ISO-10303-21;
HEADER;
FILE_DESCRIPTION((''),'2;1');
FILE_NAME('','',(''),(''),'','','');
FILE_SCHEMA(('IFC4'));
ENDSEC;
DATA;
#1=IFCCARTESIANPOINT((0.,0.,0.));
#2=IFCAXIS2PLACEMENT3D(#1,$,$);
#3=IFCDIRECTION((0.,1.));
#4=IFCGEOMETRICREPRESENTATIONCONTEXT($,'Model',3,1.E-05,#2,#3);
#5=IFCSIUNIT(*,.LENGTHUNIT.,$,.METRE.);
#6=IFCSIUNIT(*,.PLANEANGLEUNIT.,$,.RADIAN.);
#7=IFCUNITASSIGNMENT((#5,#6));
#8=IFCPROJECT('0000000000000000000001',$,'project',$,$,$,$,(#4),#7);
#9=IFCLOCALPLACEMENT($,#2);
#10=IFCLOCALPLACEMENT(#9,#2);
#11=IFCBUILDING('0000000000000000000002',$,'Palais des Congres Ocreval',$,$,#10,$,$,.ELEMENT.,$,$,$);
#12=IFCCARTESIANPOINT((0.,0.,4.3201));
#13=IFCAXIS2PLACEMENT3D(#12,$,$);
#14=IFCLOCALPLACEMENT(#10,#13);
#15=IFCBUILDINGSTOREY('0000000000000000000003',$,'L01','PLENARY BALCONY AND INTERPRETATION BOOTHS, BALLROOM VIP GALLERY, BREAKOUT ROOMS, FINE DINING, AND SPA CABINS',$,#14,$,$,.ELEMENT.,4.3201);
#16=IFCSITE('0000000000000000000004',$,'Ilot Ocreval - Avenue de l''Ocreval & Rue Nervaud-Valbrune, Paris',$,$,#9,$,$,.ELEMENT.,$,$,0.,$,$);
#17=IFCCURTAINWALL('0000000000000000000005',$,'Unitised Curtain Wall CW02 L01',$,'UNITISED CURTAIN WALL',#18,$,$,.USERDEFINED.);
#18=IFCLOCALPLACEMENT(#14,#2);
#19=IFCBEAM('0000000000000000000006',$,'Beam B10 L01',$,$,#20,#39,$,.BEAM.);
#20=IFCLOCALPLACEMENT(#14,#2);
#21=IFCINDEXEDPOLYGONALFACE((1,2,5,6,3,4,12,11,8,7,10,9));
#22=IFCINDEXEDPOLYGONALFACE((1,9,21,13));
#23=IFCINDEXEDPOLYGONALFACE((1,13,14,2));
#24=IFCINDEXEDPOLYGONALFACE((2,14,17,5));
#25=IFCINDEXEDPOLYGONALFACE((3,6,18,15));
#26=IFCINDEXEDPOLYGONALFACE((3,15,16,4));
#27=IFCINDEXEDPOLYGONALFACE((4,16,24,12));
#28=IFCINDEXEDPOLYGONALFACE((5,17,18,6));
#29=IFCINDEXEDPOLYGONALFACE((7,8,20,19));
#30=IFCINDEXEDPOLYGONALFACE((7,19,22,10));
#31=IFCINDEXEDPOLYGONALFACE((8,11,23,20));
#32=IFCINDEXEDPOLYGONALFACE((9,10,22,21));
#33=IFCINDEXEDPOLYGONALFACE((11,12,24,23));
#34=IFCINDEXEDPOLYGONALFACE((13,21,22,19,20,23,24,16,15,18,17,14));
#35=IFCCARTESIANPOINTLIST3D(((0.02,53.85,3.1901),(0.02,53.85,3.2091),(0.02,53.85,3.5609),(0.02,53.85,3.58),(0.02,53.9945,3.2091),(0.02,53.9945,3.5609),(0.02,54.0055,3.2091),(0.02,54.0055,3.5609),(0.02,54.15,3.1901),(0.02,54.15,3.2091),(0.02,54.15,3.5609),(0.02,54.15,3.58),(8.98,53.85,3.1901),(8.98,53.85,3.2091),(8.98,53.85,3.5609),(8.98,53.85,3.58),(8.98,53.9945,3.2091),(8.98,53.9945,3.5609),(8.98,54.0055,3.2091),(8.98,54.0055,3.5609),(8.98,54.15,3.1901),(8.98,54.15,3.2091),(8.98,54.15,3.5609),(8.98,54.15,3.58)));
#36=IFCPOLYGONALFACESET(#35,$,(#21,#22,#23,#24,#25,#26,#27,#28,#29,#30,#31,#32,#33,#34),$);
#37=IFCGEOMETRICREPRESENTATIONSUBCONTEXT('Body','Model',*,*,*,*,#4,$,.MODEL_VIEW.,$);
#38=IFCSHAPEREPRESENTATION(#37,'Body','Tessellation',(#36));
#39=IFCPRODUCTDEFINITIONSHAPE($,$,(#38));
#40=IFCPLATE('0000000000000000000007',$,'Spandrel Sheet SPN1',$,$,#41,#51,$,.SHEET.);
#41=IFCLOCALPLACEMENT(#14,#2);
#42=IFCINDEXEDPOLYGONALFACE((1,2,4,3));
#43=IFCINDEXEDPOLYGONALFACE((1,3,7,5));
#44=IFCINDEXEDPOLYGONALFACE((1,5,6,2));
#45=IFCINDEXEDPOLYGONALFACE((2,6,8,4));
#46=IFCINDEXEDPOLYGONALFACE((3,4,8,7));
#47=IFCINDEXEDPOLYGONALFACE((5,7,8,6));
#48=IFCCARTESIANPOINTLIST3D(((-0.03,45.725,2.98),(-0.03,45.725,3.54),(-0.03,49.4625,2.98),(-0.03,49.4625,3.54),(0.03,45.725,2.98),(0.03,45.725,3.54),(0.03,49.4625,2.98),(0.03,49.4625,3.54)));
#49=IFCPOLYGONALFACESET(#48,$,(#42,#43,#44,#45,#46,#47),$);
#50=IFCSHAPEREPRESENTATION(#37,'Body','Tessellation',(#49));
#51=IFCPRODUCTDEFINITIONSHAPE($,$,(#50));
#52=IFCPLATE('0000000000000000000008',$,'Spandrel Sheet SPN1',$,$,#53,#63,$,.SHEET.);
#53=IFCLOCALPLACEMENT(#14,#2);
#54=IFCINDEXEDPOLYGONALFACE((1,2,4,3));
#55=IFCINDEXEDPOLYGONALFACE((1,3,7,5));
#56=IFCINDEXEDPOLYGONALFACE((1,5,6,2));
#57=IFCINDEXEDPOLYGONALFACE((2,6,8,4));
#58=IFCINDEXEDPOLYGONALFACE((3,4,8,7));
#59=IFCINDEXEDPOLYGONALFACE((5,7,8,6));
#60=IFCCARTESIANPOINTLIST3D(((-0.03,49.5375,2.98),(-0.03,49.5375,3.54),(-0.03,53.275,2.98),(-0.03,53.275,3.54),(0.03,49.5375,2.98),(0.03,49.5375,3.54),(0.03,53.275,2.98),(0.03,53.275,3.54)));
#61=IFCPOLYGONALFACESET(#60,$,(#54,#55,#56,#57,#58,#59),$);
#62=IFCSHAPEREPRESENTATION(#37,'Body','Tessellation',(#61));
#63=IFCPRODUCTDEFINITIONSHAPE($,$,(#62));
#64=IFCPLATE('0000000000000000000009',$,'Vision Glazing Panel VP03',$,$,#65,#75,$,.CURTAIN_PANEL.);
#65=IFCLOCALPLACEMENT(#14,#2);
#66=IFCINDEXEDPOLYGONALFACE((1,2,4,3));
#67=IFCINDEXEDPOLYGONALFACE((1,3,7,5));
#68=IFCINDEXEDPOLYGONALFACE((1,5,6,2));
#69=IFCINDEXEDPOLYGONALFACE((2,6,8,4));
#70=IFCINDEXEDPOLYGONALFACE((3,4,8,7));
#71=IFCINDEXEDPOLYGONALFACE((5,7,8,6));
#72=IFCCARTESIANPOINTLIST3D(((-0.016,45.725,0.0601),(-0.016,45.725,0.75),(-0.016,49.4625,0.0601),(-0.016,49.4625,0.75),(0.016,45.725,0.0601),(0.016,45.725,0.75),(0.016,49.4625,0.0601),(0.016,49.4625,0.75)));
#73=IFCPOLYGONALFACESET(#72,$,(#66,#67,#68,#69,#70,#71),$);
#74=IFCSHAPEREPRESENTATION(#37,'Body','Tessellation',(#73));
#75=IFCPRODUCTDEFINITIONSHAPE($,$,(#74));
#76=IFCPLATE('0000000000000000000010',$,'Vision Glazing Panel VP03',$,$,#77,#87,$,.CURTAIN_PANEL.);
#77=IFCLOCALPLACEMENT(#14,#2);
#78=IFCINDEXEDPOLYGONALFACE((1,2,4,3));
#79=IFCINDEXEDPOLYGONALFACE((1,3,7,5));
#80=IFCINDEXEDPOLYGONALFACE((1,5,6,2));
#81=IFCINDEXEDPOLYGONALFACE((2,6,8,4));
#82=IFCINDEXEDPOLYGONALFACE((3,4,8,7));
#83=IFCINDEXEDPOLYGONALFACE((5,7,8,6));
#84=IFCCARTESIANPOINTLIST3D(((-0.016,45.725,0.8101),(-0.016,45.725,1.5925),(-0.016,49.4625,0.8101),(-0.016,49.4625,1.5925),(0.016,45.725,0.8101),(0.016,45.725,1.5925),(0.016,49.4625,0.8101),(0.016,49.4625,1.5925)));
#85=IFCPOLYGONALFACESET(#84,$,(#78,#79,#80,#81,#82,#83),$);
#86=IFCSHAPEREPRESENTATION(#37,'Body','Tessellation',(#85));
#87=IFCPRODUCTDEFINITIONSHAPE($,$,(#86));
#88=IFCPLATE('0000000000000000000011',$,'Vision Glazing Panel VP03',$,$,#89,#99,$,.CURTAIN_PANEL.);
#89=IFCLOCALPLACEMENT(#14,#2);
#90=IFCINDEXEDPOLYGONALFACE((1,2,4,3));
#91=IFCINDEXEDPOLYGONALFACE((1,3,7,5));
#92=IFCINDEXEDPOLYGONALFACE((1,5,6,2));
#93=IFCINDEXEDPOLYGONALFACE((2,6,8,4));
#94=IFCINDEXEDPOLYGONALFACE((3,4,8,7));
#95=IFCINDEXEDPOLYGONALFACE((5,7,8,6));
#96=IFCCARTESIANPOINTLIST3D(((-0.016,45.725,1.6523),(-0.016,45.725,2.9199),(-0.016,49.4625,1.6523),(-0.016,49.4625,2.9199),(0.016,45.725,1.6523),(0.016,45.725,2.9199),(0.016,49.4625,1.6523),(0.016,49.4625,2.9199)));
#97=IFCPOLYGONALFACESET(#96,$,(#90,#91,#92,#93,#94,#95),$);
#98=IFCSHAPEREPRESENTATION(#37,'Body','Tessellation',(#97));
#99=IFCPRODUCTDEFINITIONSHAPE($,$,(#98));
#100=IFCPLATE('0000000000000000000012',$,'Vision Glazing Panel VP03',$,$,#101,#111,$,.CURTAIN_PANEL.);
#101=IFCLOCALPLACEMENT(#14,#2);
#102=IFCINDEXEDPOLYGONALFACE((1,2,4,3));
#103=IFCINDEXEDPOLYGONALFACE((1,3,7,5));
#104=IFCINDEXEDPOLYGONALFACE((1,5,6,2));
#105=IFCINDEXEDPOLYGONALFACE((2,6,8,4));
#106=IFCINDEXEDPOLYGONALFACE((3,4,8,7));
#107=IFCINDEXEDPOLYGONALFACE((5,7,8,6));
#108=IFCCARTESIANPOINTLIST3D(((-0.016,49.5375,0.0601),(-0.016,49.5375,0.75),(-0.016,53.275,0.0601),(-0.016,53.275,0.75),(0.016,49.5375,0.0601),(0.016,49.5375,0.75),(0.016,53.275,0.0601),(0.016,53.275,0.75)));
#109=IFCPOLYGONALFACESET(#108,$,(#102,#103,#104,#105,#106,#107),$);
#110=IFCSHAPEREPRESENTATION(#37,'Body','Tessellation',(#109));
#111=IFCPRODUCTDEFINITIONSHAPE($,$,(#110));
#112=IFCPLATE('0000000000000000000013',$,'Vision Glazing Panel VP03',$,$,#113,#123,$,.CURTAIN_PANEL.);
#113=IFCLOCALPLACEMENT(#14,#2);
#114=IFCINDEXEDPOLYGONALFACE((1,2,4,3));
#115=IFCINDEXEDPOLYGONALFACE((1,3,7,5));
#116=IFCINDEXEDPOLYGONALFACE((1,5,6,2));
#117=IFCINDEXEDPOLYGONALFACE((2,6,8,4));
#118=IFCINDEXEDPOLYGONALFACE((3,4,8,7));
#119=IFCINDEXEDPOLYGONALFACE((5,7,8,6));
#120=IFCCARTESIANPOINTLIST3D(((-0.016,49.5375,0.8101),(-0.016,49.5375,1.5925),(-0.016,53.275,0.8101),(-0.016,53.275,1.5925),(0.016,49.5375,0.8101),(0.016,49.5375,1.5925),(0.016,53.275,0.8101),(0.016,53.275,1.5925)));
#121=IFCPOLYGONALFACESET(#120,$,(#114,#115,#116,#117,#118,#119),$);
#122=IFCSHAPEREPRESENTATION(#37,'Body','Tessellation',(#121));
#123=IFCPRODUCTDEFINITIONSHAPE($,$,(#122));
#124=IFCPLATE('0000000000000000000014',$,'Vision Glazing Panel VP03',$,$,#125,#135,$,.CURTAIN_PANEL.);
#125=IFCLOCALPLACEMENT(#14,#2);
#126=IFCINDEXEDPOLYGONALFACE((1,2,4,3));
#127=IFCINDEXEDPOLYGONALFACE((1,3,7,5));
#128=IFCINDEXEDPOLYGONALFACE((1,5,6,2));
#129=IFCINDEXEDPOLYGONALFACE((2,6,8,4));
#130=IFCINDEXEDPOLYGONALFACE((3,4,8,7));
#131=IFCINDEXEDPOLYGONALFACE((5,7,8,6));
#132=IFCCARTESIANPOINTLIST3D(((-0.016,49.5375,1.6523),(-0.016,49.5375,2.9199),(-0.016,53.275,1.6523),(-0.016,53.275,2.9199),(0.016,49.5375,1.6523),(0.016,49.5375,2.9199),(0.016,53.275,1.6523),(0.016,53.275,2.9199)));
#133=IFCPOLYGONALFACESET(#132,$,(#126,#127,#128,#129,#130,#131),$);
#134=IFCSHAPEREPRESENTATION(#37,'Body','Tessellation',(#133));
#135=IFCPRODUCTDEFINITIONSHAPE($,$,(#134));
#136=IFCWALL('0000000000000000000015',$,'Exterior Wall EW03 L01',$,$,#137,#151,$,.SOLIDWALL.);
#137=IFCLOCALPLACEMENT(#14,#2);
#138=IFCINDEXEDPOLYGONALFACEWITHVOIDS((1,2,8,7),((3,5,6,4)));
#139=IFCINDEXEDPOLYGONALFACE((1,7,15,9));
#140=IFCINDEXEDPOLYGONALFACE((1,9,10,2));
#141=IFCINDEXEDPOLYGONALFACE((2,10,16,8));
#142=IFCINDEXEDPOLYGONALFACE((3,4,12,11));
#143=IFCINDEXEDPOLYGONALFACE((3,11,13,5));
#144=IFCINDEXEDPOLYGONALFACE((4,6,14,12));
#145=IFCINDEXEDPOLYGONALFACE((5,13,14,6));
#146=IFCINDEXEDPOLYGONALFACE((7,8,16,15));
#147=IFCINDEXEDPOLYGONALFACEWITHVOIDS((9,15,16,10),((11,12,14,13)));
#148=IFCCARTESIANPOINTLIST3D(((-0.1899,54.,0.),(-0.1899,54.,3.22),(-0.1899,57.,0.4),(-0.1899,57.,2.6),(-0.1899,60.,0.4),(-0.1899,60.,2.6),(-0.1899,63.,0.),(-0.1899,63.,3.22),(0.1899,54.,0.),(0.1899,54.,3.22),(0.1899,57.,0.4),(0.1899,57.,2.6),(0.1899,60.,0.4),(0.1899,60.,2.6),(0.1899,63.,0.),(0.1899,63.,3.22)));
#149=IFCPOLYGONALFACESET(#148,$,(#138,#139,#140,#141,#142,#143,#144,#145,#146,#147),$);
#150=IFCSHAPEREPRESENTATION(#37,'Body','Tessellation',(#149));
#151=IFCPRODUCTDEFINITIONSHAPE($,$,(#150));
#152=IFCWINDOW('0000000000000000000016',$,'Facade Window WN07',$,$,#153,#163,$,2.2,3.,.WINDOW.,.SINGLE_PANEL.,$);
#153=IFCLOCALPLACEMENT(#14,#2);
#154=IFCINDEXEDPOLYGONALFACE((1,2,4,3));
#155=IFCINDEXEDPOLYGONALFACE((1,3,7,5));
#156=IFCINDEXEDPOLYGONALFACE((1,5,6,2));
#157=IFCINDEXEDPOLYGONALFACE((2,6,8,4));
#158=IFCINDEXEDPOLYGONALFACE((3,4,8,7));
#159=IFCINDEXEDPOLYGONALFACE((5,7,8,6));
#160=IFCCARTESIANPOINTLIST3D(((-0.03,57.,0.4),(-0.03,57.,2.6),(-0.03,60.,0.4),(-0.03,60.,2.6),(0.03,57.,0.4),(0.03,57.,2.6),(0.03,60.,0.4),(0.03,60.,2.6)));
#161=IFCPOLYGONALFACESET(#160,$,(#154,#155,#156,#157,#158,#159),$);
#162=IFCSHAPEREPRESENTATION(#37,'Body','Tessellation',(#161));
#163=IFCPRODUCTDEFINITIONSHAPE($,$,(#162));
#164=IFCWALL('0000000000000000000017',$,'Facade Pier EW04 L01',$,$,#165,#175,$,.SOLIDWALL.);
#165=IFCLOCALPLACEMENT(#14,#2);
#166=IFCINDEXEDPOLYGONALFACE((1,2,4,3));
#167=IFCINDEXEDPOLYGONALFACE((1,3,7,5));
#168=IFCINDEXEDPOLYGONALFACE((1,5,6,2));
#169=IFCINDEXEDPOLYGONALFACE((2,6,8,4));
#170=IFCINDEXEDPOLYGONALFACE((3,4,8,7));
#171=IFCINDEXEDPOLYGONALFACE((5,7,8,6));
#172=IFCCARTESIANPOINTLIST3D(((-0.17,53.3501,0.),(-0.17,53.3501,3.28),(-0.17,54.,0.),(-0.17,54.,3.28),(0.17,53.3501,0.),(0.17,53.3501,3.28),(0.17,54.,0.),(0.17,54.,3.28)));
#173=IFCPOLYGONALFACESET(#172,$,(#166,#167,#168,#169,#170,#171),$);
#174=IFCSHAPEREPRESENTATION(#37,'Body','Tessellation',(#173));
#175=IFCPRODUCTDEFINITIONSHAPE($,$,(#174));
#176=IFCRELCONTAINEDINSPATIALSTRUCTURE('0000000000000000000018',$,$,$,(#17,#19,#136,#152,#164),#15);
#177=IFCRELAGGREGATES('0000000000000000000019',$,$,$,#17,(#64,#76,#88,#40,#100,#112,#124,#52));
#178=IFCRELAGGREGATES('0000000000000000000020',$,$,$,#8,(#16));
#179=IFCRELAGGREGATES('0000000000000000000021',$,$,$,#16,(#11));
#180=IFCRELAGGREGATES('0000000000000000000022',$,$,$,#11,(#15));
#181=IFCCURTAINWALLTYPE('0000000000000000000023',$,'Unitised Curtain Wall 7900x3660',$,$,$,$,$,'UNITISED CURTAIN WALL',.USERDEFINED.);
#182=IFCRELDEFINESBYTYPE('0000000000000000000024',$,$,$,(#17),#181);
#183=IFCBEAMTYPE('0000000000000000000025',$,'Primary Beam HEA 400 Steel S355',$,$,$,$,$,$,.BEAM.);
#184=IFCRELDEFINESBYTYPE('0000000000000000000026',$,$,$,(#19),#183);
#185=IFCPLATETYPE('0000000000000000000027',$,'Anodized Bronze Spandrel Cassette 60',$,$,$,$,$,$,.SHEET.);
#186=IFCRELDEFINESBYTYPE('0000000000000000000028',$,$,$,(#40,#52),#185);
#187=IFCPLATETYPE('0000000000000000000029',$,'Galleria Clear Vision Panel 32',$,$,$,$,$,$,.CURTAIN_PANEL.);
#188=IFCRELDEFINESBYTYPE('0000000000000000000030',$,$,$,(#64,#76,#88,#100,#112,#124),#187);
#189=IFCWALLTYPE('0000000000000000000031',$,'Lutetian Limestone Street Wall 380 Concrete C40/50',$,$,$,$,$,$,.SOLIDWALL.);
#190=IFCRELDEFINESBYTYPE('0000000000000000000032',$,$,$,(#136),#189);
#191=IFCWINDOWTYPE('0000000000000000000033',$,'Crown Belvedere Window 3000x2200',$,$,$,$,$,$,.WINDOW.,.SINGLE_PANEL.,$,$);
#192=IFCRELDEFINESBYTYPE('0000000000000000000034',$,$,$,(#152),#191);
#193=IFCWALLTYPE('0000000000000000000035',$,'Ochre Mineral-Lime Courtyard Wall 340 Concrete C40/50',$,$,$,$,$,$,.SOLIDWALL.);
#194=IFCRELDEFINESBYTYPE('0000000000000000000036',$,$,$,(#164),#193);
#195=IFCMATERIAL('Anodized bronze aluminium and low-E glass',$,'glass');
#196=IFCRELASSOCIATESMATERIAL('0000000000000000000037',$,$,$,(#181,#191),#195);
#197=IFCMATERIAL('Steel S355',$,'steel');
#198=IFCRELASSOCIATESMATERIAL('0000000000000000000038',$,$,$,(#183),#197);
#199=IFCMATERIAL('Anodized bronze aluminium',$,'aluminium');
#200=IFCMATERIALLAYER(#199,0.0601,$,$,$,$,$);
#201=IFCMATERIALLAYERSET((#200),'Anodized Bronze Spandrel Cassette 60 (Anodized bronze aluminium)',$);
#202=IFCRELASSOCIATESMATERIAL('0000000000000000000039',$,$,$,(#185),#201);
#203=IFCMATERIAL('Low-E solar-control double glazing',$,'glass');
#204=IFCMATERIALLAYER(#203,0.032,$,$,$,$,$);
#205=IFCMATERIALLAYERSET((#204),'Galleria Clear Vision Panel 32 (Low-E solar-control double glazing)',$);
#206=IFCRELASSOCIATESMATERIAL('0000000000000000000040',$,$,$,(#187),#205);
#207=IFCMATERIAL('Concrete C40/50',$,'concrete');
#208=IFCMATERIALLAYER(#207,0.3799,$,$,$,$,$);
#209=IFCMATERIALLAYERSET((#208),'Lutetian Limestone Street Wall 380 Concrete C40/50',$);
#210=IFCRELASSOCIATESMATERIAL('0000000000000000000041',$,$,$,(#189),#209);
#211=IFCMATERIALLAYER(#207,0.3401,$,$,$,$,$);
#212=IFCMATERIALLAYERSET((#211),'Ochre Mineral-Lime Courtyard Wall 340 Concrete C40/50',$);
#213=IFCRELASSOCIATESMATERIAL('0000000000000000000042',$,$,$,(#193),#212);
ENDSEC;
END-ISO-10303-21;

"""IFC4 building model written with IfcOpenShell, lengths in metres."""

from ifc_helpers import new_model, si_unit, direction, frame, frame_2d, origin, origin_2d, place, context, subcontext, project, spatial, rectangle, i_section, extrude, material, layer, layer_set, material_profile, profile_set, type_object, element, fill, aggregate, save


model = new_model("IFC4")

# Units and contexts
model_context = context("Model", 3, precision=1e-05, world=origin(), true_north=direction((0.0, 1.0)))
body_context = subcontext(model_context, "Body", "Model", "MODEL_VIEW")
ifc_project = project(units=[si_unit("LENGTHUNIT", "METRE"), si_unit("PLANEANGLEUNIT", "RADIAN")], contexts=[model_context])

# Site, building, storey
site_placement = place(None, origin())
site = spatial("IfcSite", under=ifc_project, at=site_placement, Name="Ilot Ocreval - Avenue de l'Ocreval & Rue Nervaud-Valbrune, Paris", CompositionType="ELEMENT", RefElevation=0.0)
building_placement = place(site_placement, origin())
building = spatial("IfcBuilding", under=site, at=building_placement, Name="Palais des Congres Ocreval", CompositionType="ELEMENT")
storey_placement = place(building_placement, frame((0.0, 0.0, 4.3201)))
storey = spatial("IfcBuildingStorey", under=building, at=storey_placement, Name="L01", Description="PLENARY BALCONY AND INTERPRETATION BOOTHS, BALLROOM VIP GALLERY, BREAKOUT ROOMS, FINE DINING, AND SPA CABINS", CompositionType="ELEMENT", Elevation=4.3201)

# Curtain wall
ifc_material_1 = material(Name="Anodized bronze aluminium and low-E glass", Category="glass")
curtain_wall_type = type_object("IfcCurtainWallType", Name="Unitised Curtain Wall 7900x3660", ElementType="UNITISED CURTAIN WALL", PredefinedType="USERDEFINED", material=ifc_material_1)
curtain_wall_placement = place(storey_placement, origin())
curtain_wall = element("IfcCurtainWall", 1, at=curtain_wall_placement, inside=storey, type_object=curtain_wall_type, Name="Unitised Curtain Wall CW02 L01", ObjectType="UNITISED CURTAIN WALL", PredefinedType="USERDEFINED")
ifc_material_2 = material(Name="Anodized bronze aluminium", Category="aluminium")

# Beam
ifc_material_3 = material(Name="Steel S355", Category="steel")
ifc_material_profile_1 = material_profile(ifc_material_3, i_section(OverallWidth=0.3, OverallDepth=0.3899, WebThickness=0.011, FlangeThickness=0.019, at=origin_2d()), Name="HEA 400")
ifc_profile_set_1 = profile_set([ifc_material_profile_1], Name="Steel S355")
beam_type_1 = type_object("IfcBeamType", Name="Primary Beam HEA 400 Steel S355", PredefinedType="BEAM", material=ifc_profile_set_1)
beam_1_placement = place(storey_placement, frame((0.02, 54.0, 3.385), z_axis=(1.0, 0.0, 0.0), x_axis=(0.0, 1.0, 0.0)))
element("IfcBeam", 2, at=beam_1_placement, inside=storey, type_object=beam_type_1, Name="Beam B10 L01", PredefinedType="BEAM", context=body_context, shape_type="SweptSolid", body=[
    extrude(i_section(OverallWidth=0.3, OverallDepth=0.3899, WebThickness=0.011, FlangeThickness=0.019, at=origin_2d()), origin(), (0.0, 0.0, 1.0), 8.96),
])

# Plates
ifc_layer_1 = layer(ifc_material_2, 0.0601)
ifc_layer_set_1 = layer_set([ifc_layer_1], Name="Anodized Bronze Spandrel Cassette 60 (Anodized bronze aluminium)")
plate_type_1 = type_object("IfcPlateType", Name="Anodized Bronze Spandrel Cassette 60", PredefinedType="SHEET", material=ifc_layer_set_1)
plate_1_placement = place(storey_placement, frame((0.0, 47.5938, 2.98), z_axis=(0.0, 0.0, 1.0), x_axis=(0.0, 1.0, 0.0)))
plate_1 = element("IfcPlate", 3, at=plate_1_placement, type_object=plate_type_1, Name="Spandrel Sheet SPN1", PredefinedType="SHEET", context=body_context, shape_type="SweptSolid", body=[
    extrude(rectangle(XDim=3.7375, YDim=0.0601, at=origin_2d()), origin(), (0.0, 0.0, 1.0), 0.5601),
])
plate_2_placement = place(storey_placement, frame((0.0, 51.4062, 2.98), z_axis=(0.0, 0.0, 1.0), x_axis=(0.0, 1.0, 0.0)))
plate_2 = element("IfcPlate", 4, at=plate_2_placement, type_object=plate_type_1, Name="Spandrel Sheet SPN1", PredefinedType="SHEET", context=body_context, shape_type="SweptSolid", body=[
    extrude(rectangle(XDim=3.7375, YDim=0.0601, at=origin_2d()), origin(), (0.0, 0.0, 1.0), 0.5601),
])
ifc_material_4 = material(Name="Low-E solar-control double glazing", Category="glass")
ifc_layer_2 = layer(ifc_material_4, 0.032)
ifc_layer_set_2 = layer_set([ifc_layer_2], Name="Galleria Clear Vision Panel 32 (Low-E solar-control double glazing)")
plate_type_2 = type_object("IfcPlateType", Name="Galleria Clear Vision Panel 32", PredefinedType="CURTAIN_PANEL", material=ifc_layer_set_2)
plate_3_placement = place(storey_placement, frame((0.0, 47.5938, 0.0601), z_axis=(0.0, 0.0, 1.0), x_axis=(0.0, 1.0, 0.0)))
plate_3 = element("IfcPlate", 5, at=plate_3_placement, type_object=plate_type_2, Name="Vision Glazing Panel VP03", PredefinedType="CURTAIN_PANEL", context=body_context, shape_type="SweptSolid", body=[
    extrude(rectangle(XDim=3.7375, YDim=0.032, at=origin_2d()), origin(), (0.0, 0.0, 1.0), 0.6899),
])
plate_4_placement = place(storey_placement, frame((0.0, 47.5938, 0.8101), z_axis=(0.0, 0.0, 1.0), x_axis=(0.0, 1.0, 0.0)))
plate_4 = element("IfcPlate", 6, at=plate_4_placement, type_object=plate_type_2, Name="Vision Glazing Panel VP03", PredefinedType="CURTAIN_PANEL", context=body_context, shape_type="SweptSolid", body=[
    extrude(rectangle(XDim=3.7375, YDim=0.032, at=origin_2d()), origin(), (0.0, 0.0, 1.0), 0.7825),
])
plate_5_placement = place(storey_placement, frame((0.0, 47.5938, 1.6523), z_axis=(0.0, 0.0, 1.0), x_axis=(0.0, 1.0, 0.0)))
plate_5 = element("IfcPlate", 7, at=plate_5_placement, type_object=plate_type_2, Name="Vision Glazing Panel VP03", PredefinedType="CURTAIN_PANEL", context=body_context, shape_type="SweptSolid", body=[
    extrude(rectangle(XDim=3.7375, YDim=0.032, at=origin_2d()), origin(), (0.0, 0.0, 1.0), 1.2676),
])
plate_6_placement = place(storey_placement, frame((0.0, 51.4062, 0.0601), z_axis=(0.0, 0.0, 1.0), x_axis=(0.0, 1.0, 0.0)))
plate_6 = element("IfcPlate", 8, at=plate_6_placement, type_object=plate_type_2, Name="Vision Glazing Panel VP03", PredefinedType="CURTAIN_PANEL", context=body_context, shape_type="SweptSolid", body=[
    extrude(rectangle(XDim=3.7375, YDim=0.032, at=origin_2d()), origin(), (0.0, 0.0, 1.0), 0.6899),
])
plate_7_placement = place(storey_placement, frame((0.0, 51.4062, 0.8101), z_axis=(0.0, 0.0, 1.0), x_axis=(0.0, 1.0, 0.0)))
plate_7 = element("IfcPlate", 9, at=plate_7_placement, type_object=plate_type_2, Name="Vision Glazing Panel VP03", PredefinedType="CURTAIN_PANEL", context=body_context, shape_type="SweptSolid", body=[
    extrude(rectangle(XDim=3.7375, YDim=0.032, at=origin_2d()), origin(), (0.0, 0.0, 1.0), 0.7825),
])
plate_8_placement = place(storey_placement, frame((0.0, 51.4062, 1.6523), z_axis=(0.0, 0.0, 1.0), x_axis=(0.0, 1.0, 0.0)))
plate_8 = element("IfcPlate", 10, at=plate_8_placement, type_object=plate_type_2, Name="Vision Glazing Panel VP03", PredefinedType="CURTAIN_PANEL", context=body_context, shape_type="SweptSolid", body=[
    extrude(rectangle(XDim=3.7375, YDim=0.032, at=origin_2d()), origin(), (0.0, 0.0, 1.0), 1.2676),
])
aggregate(curtain_wall, [plate_3, plate_4, plate_5, plate_1, plate_6, plate_7, plate_8, plate_2])

# Wall, opening, window
ifc_material_5 = material(Name="Concrete C40/50", Category="concrete")
ifc_layer_3 = layer(ifc_material_5, 0.3799)
ifc_layer_set_3 = layer_set([ifc_layer_3], Name="Lutetian Limestone Street Wall 380 Concrete C40/50")
wall_type_1 = type_object("IfcWallType", Name="Lutetian Limestone Street Wall 380 Concrete C40/50", PredefinedType="SOLIDWALL", material=ifc_layer_set_3)
wall_1_placement = place(storey_placement, frame((0.0, 54.0, 0.0), z_axis=(0.0, 0.0, 1.0), x_axis=(0.0, 1.0, 0.0)))
wall_1 = element("IfcWall", 11, at=wall_1_placement, inside=storey, type_object=wall_type_1, Name="Exterior Wall EW03 L01", PredefinedType="SOLIDWALL", context=body_context, shape_type="SweptSolid", body=[
    extrude(rectangle(XDim=9.0, YDim=0.3799, at=frame_2d((4.5, 0.0))), origin(), (0.0, 0.0, 1.0), 3.22),
])
opening_placement = place(wall_1_placement, frame((3.0, 0.0, 0.3999)))
opening = element("IfcOpeningElement", 12, at=opening_placement, cuts=wall_1, PredefinedType="OPENING", context=body_context, shape_type="SweptSolid", body=[
    extrude(rectangle(XDim=3.0, YDim=2.2, at=frame_2d((1.5, 1.1001))), frame((0.0, 0.2, 0.0), z_axis=(0.0, -1.0, 0.0), x_axis=(1.0, 0.0, 0.0)), (0.0, 0.0, 1.0), 0.3999),
])
window_type = type_object("IfcWindowType", Name="Crown Belvedere Window 3000x2200", PartitioningType="SINGLE_PANEL", PredefinedType="WINDOW", material=ifc_material_1)
window_placement = place(opening_placement, origin())
window = element("IfcWindow", 13, at=window_placement, inside=storey, type_object=window_type, Name="Facade Window WN07", OverallHeight=2.2, OverallWidth=3.0, PartitioningType="SINGLE_PANEL", PredefinedType="WINDOW", context=body_context, shape_type="SweptSolid", body=[
    extrude(rectangle(XDim=3.0, YDim=2.2, at=frame_2d((1.5, 1.1001))), frame((0.0, 0.03, 0.0), z_axis=(0.0, -1.0, 0.0), x_axis=(1.0, 0.0, 0.0)), (0.0, 0.0, 1.0), 0.0601),
])
fill(opening, window)

# Wall
ifc_layer_4 = layer(ifc_material_5, 0.3401)
ifc_layer_set_4 = layer_set([ifc_layer_4], Name="Ochre Mineral-Lime Courtyard Wall 340 Concrete C40/50")
wall_type_2 = type_object("IfcWallType", Name="Ochre Mineral-Lime Courtyard Wall 340 Concrete C40/50", PredefinedType="SOLIDWALL", material=ifc_layer_set_4)
wall_2_placement = place(storey_placement, frame((0.0, 53.3501, 0.0), z_axis=(0.0, 0.0, 1.0), x_axis=(0.0, 1.0, 0.0)))
element("IfcWall", 14, at=wall_2_placement, inside=storey, type_object=wall_type_2, Name="Facade Pier EW04 L01", PredefinedType="SOLIDWALL", context=body_context, shape_type="SweptSolid", body=[
    extrude(rectangle(XDim=0.6499, YDim=0.3401, at=frame_2d((0.325, 0.0))), origin(), (0.0, 0.0, 1.0), 3.28),
])

save(model, "model.ifc")
